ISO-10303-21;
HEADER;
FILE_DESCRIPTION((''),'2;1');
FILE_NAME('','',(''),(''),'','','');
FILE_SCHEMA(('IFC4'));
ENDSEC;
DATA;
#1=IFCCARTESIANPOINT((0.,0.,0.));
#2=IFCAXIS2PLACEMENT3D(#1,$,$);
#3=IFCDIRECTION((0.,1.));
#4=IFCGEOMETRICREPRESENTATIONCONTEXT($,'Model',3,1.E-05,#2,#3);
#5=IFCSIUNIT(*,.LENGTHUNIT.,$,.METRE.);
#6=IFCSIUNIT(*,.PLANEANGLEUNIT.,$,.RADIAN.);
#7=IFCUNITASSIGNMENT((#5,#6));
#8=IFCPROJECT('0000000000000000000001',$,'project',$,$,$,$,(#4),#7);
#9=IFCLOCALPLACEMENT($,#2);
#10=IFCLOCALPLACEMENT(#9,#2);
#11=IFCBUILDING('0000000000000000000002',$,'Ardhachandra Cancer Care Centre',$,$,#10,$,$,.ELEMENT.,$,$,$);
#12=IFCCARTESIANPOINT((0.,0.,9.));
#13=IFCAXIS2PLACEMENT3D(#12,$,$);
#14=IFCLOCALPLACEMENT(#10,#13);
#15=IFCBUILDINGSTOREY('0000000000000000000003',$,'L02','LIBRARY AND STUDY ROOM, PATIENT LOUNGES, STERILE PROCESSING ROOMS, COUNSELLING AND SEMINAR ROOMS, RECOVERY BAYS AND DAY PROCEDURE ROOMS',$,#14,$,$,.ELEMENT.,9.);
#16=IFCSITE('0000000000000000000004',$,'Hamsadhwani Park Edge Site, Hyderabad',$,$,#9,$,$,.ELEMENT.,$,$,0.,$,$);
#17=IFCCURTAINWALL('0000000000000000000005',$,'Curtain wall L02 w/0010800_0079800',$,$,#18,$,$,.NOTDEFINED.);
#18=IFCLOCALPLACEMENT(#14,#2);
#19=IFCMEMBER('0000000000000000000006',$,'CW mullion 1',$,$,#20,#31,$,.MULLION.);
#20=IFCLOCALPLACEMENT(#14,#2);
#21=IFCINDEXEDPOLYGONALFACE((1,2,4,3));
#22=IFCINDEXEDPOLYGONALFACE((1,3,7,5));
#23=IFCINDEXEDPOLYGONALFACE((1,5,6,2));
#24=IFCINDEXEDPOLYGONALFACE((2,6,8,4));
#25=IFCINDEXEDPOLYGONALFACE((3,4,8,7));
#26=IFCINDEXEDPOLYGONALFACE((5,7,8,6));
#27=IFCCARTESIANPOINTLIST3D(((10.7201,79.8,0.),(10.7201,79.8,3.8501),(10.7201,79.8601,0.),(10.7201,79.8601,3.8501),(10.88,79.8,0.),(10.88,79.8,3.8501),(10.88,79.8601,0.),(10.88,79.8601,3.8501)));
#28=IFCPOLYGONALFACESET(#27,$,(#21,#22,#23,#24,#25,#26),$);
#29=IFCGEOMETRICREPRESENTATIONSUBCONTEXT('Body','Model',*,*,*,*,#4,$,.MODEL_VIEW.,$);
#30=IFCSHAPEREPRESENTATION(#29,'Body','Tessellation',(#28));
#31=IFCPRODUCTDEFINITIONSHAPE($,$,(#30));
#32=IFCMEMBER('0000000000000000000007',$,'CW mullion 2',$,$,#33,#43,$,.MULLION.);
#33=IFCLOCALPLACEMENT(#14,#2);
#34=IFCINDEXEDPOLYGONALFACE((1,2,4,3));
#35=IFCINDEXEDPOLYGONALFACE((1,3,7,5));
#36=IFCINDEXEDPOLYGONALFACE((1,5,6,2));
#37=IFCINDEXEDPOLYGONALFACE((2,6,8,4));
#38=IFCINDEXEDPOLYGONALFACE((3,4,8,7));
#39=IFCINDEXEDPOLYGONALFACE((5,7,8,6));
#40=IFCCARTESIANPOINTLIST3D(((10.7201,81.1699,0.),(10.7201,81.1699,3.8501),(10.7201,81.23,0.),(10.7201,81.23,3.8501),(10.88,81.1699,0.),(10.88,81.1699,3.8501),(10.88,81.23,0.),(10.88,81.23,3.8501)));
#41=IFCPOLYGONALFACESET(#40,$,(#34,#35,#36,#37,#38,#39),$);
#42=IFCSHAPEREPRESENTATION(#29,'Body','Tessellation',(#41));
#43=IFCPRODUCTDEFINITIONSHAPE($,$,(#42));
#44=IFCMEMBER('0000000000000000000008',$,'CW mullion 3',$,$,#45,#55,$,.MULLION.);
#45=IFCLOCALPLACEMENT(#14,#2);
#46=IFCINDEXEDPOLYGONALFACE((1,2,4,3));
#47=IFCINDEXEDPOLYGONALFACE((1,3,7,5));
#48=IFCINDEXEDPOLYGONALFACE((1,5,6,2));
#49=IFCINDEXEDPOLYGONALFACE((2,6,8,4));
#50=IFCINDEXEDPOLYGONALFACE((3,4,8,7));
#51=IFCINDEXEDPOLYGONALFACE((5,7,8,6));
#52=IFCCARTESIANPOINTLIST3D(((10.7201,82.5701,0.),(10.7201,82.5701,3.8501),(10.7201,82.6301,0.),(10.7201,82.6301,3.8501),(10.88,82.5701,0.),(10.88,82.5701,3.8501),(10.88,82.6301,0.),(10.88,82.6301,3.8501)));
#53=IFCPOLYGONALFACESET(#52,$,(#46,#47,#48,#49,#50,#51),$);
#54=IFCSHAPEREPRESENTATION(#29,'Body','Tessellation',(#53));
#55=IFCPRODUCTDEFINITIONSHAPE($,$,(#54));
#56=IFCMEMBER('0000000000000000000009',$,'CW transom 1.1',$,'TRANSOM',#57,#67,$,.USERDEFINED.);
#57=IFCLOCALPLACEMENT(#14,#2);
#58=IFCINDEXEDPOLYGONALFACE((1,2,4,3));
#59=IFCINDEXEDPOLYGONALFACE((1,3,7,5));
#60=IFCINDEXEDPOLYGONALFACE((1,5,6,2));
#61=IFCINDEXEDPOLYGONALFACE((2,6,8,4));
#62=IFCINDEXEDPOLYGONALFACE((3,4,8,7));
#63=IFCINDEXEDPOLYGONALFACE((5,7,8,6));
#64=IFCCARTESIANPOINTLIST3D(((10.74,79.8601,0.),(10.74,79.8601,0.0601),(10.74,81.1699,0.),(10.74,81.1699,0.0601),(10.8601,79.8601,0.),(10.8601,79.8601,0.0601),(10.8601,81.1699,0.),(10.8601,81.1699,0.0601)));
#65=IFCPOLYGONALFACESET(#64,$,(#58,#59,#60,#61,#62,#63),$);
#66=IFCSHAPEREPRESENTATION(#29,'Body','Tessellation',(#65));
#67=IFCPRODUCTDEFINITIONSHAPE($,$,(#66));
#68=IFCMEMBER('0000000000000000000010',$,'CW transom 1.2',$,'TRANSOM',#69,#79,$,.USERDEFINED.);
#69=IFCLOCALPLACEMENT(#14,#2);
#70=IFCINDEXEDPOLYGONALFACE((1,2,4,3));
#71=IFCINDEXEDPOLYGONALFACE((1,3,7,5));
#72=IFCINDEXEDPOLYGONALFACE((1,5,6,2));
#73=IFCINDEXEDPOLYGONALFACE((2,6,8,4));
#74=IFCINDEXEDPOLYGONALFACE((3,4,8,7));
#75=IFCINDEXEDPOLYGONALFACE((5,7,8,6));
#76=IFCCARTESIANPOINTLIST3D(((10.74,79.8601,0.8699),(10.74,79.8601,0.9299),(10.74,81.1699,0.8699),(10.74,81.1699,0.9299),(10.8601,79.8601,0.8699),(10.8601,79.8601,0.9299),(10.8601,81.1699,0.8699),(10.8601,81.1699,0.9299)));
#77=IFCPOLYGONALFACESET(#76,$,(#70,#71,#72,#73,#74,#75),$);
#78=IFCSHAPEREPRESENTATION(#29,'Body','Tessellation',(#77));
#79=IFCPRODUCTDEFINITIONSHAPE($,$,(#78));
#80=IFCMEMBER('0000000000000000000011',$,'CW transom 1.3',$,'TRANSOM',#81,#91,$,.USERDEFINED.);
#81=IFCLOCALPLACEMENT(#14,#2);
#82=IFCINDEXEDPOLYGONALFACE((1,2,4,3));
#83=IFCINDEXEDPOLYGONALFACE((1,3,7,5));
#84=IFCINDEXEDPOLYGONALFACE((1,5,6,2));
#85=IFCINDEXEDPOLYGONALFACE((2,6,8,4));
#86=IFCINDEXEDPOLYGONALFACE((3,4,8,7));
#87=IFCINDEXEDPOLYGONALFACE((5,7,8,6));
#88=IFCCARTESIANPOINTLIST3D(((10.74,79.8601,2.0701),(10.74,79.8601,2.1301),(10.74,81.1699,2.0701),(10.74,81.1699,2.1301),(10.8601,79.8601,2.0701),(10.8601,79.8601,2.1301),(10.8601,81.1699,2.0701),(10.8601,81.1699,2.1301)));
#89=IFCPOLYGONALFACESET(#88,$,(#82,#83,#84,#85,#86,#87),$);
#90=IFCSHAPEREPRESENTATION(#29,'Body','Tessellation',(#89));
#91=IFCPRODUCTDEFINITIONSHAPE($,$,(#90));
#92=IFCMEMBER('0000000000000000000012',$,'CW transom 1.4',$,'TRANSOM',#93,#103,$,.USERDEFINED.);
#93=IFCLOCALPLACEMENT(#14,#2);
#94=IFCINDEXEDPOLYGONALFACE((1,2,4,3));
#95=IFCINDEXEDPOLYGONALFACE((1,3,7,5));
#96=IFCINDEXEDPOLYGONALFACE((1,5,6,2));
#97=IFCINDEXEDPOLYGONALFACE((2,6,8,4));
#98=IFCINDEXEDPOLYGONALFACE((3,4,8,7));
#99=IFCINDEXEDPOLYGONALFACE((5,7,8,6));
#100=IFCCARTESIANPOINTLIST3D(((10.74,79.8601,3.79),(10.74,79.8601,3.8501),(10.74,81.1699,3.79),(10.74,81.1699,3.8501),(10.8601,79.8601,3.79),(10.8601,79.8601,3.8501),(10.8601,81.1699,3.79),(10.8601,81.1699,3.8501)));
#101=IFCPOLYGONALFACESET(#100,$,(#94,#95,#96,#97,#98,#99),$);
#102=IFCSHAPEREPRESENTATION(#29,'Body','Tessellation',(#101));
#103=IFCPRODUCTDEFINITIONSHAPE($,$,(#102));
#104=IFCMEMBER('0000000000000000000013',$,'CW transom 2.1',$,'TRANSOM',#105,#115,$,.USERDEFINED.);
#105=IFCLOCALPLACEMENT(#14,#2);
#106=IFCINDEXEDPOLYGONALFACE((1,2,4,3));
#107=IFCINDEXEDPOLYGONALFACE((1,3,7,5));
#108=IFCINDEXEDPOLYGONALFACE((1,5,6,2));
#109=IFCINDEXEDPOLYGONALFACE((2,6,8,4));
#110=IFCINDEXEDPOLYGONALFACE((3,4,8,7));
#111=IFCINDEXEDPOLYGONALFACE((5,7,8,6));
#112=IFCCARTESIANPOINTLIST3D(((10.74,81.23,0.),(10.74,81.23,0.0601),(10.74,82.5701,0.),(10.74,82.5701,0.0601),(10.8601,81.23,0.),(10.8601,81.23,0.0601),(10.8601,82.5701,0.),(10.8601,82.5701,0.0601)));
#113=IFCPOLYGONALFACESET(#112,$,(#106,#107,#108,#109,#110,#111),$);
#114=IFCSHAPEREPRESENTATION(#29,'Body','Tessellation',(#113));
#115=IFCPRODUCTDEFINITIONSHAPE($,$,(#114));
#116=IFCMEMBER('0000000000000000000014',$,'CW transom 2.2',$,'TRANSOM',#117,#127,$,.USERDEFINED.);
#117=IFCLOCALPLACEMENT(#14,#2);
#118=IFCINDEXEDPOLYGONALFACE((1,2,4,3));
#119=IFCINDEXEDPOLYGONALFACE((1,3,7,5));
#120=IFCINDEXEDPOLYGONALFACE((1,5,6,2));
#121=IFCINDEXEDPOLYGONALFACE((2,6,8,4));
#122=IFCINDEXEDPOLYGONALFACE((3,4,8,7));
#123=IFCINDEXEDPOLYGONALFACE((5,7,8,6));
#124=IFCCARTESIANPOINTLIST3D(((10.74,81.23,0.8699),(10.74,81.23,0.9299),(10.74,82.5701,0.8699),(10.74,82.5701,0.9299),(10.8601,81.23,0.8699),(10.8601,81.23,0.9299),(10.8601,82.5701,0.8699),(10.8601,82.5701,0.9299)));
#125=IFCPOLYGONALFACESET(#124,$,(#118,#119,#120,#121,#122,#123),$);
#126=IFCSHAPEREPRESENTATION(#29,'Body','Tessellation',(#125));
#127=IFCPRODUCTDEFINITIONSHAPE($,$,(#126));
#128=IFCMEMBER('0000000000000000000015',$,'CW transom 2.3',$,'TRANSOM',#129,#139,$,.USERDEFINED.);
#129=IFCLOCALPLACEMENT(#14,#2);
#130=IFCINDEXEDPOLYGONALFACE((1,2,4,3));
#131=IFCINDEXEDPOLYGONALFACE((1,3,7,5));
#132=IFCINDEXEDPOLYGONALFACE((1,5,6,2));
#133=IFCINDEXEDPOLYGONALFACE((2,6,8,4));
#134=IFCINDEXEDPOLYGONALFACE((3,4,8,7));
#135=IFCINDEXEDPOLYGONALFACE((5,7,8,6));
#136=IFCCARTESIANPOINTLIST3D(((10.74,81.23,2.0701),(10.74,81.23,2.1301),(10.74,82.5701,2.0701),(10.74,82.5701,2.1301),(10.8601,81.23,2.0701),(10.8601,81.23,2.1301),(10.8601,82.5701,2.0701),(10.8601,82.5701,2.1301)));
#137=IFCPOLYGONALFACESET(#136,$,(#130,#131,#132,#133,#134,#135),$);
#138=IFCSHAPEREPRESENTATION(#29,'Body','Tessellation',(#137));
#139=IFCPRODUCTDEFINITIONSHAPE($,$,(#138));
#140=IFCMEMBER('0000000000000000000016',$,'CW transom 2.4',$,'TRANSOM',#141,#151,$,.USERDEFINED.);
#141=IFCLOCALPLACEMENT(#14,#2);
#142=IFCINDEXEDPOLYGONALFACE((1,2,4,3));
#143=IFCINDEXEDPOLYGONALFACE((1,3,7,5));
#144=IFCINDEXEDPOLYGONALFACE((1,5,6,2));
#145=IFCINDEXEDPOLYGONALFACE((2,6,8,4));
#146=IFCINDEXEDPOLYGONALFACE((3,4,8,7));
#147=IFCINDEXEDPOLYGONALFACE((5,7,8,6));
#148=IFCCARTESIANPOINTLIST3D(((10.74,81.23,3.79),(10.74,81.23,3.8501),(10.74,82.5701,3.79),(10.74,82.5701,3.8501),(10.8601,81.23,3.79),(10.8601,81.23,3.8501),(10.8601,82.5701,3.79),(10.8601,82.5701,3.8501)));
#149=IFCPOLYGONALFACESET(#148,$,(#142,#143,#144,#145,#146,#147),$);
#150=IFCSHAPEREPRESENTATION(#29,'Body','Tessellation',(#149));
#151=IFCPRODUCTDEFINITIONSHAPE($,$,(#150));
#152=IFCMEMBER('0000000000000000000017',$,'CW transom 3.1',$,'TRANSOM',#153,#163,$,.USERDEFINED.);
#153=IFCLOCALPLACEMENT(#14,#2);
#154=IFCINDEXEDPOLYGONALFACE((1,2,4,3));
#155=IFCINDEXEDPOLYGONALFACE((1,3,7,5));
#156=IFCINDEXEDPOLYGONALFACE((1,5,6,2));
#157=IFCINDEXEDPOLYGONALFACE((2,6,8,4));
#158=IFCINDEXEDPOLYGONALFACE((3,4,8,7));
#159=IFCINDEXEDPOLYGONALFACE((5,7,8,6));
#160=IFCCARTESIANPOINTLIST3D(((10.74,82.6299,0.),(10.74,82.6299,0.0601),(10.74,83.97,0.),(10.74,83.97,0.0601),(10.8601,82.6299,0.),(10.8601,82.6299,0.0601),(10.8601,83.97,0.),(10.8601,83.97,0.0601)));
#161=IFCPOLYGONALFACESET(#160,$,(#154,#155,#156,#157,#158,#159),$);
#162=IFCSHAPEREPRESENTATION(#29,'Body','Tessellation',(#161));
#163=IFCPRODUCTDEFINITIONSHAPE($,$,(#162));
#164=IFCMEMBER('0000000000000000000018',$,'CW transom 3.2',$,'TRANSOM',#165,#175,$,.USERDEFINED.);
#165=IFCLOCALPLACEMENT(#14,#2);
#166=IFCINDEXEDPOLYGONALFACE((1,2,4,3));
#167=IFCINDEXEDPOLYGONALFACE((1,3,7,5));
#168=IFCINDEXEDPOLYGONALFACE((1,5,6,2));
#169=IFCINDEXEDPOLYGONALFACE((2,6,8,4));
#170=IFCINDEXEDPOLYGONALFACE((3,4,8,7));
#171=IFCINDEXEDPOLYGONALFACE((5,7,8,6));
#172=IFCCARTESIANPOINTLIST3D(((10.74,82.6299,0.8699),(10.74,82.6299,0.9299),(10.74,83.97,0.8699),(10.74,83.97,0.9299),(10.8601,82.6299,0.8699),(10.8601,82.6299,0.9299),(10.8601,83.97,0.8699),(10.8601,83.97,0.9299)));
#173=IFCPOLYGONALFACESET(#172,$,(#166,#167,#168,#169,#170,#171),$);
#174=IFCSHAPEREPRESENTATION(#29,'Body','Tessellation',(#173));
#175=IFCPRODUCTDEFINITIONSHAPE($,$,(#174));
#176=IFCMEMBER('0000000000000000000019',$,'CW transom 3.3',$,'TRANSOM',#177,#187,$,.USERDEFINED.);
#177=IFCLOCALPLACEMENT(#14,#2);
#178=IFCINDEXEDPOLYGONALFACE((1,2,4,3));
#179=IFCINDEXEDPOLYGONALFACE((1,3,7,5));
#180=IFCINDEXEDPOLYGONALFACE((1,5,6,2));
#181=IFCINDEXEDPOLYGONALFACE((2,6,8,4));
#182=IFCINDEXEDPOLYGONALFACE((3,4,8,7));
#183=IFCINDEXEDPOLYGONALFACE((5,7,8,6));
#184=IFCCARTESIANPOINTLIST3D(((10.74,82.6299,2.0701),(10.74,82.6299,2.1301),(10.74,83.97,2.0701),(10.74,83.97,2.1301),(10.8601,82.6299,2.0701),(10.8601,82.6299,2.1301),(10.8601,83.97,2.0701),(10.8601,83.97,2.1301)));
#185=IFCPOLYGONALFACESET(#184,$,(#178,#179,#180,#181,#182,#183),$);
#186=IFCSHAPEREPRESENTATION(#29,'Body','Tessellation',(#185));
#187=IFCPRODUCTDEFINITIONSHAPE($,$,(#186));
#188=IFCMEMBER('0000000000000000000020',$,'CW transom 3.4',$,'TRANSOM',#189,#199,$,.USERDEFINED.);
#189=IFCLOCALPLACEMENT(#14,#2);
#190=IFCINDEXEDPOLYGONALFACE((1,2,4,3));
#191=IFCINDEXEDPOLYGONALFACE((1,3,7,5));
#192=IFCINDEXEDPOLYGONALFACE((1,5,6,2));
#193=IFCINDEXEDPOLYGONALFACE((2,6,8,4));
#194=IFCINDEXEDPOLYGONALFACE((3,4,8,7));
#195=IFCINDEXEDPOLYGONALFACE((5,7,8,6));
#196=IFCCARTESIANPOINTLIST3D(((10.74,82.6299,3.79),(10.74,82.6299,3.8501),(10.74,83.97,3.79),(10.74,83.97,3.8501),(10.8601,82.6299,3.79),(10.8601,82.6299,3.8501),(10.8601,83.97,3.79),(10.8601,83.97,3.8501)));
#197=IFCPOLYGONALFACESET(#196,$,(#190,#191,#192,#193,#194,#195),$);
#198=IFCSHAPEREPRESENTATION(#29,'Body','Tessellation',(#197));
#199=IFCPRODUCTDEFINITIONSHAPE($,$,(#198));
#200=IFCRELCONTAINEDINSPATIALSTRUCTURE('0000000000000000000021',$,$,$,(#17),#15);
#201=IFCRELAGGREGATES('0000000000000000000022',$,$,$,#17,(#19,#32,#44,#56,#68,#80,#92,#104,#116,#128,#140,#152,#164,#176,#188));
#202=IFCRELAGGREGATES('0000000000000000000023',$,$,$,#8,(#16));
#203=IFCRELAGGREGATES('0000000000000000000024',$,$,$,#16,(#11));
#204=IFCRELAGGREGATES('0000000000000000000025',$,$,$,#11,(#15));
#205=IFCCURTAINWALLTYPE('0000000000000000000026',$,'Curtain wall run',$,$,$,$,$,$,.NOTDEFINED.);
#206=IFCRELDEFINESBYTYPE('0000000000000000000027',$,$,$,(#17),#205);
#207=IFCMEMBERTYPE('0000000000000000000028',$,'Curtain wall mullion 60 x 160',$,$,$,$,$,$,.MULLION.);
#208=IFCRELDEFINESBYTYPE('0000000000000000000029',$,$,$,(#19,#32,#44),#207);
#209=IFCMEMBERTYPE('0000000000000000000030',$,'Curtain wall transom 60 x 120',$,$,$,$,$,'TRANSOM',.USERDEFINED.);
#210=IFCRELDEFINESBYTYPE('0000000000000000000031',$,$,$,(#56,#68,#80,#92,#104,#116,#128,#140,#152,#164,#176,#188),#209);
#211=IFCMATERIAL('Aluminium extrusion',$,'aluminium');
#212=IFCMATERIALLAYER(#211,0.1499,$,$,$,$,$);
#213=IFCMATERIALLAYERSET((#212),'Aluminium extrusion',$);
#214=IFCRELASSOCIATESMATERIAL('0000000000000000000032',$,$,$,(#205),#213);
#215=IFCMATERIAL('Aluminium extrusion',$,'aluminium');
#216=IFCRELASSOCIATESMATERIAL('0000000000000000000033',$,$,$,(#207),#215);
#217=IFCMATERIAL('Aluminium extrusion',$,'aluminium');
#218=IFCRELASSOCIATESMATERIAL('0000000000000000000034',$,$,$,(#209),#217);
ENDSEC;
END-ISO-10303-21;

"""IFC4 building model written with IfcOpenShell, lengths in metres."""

from ifc_helpers import new_model, si_unit, direction, frame, origin, origin_2d, place, context, subcontext, project, spatial, rectangle, extrude, material, layer, layer_set, material_profile, profile_set, type_object, element, aggregate, save


model = new_model("IFC4")

# Units and contexts
model_context = context("Model", 3, precision=1e-05, world=origin(), true_north=direction((0.0, 1.0)))
body_context = subcontext(model_context, "Body", "Model", "MODEL_VIEW")
ifc_project = project(units=[si_unit("LENGTHUNIT", "METRE"), si_unit("PLANEANGLEUNIT", "RADIAN")], contexts=[model_context])

# Site, building, storey
site_placement = place(None, origin())
site = spatial("IfcSite", under=ifc_project, at=site_placement, Name="Hamsadhwani Park Edge Site, Hyderabad", CompositionType="ELEMENT", RefElevation=0.0)
building_placement = place(site_placement, origin())
building = spatial("IfcBuilding", under=site, at=building_placement, Name="Ardhachandra Cancer Care Centre", CompositionType="ELEMENT")
storey_placement = place(building_placement, frame((0.0, 0.0, 9.0)))
storey = spatial("IfcBuildingStorey", under=building, at=storey_placement, Name="L02", Description="LIBRARY AND STUDY ROOM, PATIENT LOUNGES, STERILE PROCESSING ROOMS, COUNSELLING AND SEMINAR ROOMS, RECOVERY BAYS AND DAY PROCEDURE ROOMS", CompositionType="ELEMENT", Elevation=9.0)

# Curtain wall, members
ifc_material_1 = material(Name="Aluminium extrusion", Category="aluminium")
ifc_layer_1 = layer(ifc_material_1, 0.1499)
ifc_layer_set_1 = layer_set([ifc_layer_1], Name="Aluminium extrusion")
curtain_wall_type = type_object("IfcCurtainWallType", Name="Curtain wall run", PredefinedType="NOTDEFINED", material=ifc_layer_set_1)
curtain_wall_placement = place(storey_placement, origin())
curtain_wall = element("IfcCurtainWall", 1, at=curtain_wall_placement, inside=storey, type_object=curtain_wall_type, Name="Curtain wall L02 w/0010800_0079800", PredefinedType="NOTDEFINED")
ifc_material_2 = material(Name="Aluminium extrusion", Category="aluminium")
ifc_material_profile_1 = material_profile(ifc_material_2, rectangle(XDim=0.1599, YDim=0.0601, at=origin_2d()), Name="Curtain wall mullion 60 x 160")
ifc_profile_set_1 = profile_set([ifc_material_profile_1], Name="Aluminium extrusion")
member_type_1 = type_object("IfcMemberType", Name="Curtain wall mullion 60 x 160", PredefinedType="MULLION", material=ifc_profile_set_1)
member_1_placement = place(storey_placement, frame((10.8, 79.8301, 0.0), z_axis=(0.0, 0.0, 1.0), x_axis=(-1.0, 0.0, 0.0)))
member_1 = element("IfcMember", 2, at=member_1_placement, type_object=member_type_1, Name="CW mullion 1", PredefinedType="MULLION", context=body_context, shape_type="SweptSolid", body=[
    extrude(rectangle(XDim=0.1599, YDim=0.0601, at=origin_2d()), origin(), (0.0, 0.0, 1.0), 3.8501),
])
member_2_placement = place(storey_placement, frame((10.8, 81.2, 0.0), z_axis=(0.0, 0.0, 1.0), x_axis=(-1.0, 0.0, 0.0)))
member_2 = element("IfcMember", 3, at=member_2_placement, type_object=member_type_1, Name="CW mullion 2", PredefinedType="MULLION", context=body_context, shape_type="SweptSolid", body=[
    extrude(rectangle(XDim=0.1599, YDim=0.0601, at=origin_2d()), origin(), (0.0, 0.0, 1.0), 3.8501),
])
member_3_placement = place(storey_placement, frame((10.8, 82.6001, 0.0), z_axis=(0.0, 0.0, 1.0), x_axis=(-1.0, 0.0, 0.0)))
member_3 = element("IfcMember", 4, at=member_3_placement, type_object=member_type_1, Name="CW mullion 3", PredefinedType="MULLION", context=body_context, shape_type="SweptSolid", body=[
    extrude(rectangle(XDim=0.1599, YDim=0.0601, at=origin_2d()), origin(), (0.0, 0.0, 1.0), 3.8501),
])
ifc_material_3 = material(Name="Aluminium extrusion", Category="aluminium")
ifc_material_profile_2 = material_profile(ifc_material_3, rectangle(XDim=0.1201, YDim=0.0601, at=origin_2d()), Name="Curtain wall transom 60 x 120")
ifc_profile_set_2 = profile_set([ifc_material_profile_2], Name="Aluminium extrusion")
member_type_2 = type_object("IfcMemberType", Name="Curtain wall transom 60 x 120", ElementType="TRANSOM", PredefinedType="USERDEFINED", material=ifc_profile_set_2)
member_4_placement = place(storey_placement, frame((10.8, 79.8601, 0.03), z_axis=(0.0, 1.0, 0.0), x_axis=(-1.0, 0.0, 0.0)))
member_4 = element("IfcMember", 5, at=member_4_placement, type_object=member_type_2, Name="CW transom 1.1", ObjectType="TRANSOM", PredefinedType="USERDEFINED", context=body_context, shape_type="SweptSolid", body=[
    extrude(rectangle(XDim=0.1201, YDim=0.0601, at=origin_2d()), origin(), (0.0, 0.0, 1.0), 1.3098),
])
member_5_placement = place(storey_placement, frame((10.8, 79.8601, 0.8999), z_axis=(0.0, 1.0, 0.0), x_axis=(-1.0, 0.0, 0.0)))
member_5 = element("IfcMember", 6, at=member_5_placement, type_object=member_type_2, Name="CW transom 1.2", ObjectType="TRANSOM", PredefinedType="USERDEFINED", context=body_context, shape_type="SweptSolid", body=[
    extrude(rectangle(XDim=0.1201, YDim=0.0601, at=origin_2d()), origin(), (0.0, 0.0, 1.0), 1.3098),
])
member_6_placement = place(storey_placement, frame((10.8, 79.8601, 2.1001), z_axis=(0.0, 1.0, 0.0), x_axis=(-1.0, 0.0, 0.0)))
member_6 = element("IfcMember", 7, at=member_6_placement, type_object=member_type_2, Name="CW transom 1.3", ObjectType="TRANSOM", PredefinedType="USERDEFINED", context=body_context, shape_type="SweptSolid", body=[
    extrude(rectangle(XDim=0.1201, YDim=0.0601, at=origin_2d()), origin(), (0.0, 0.0, 1.0), 1.3098),
])
member_7_placement = place(storey_placement, frame((10.8, 79.8601, 3.8201), z_axis=(0.0, 1.0, 0.0), x_axis=(-1.0, 0.0, 0.0)))
member_7 = element("IfcMember", 8, at=member_7_placement, type_object=member_type_2, Name="CW transom 1.4", ObjectType="TRANSOM", PredefinedType="USERDEFINED", context=body_context, shape_type="SweptSolid", body=[
    extrude(rectangle(XDim=0.1201, YDim=0.0601, at=origin_2d()), origin(), (0.0, 0.0, 1.0), 1.3098),
])
member_8_placement = place(storey_placement, frame((10.8, 81.23, 0.03), z_axis=(0.0, 1.0, 0.0), x_axis=(-1.0, 0.0, 0.0)))
member_8 = element("IfcMember", 9, at=member_8_placement, type_object=member_type_2, Name="CW transom 2.1", ObjectType="TRANSOM", PredefinedType="USERDEFINED", context=body_context, shape_type="SweptSolid", body=[
    extrude(rectangle(XDim=0.1201, YDim=0.0601, at=origin_2d()), origin(), (0.0, 0.0, 1.0), 1.3401),
])
member_9_placement = place(storey_placement, frame((10.8, 81.23, 0.8999), z_axis=(0.0, 1.0, 0.0), x_axis=(-1.0, 0.0, 0.0)))
member_9 = element("IfcMember", 10, at=member_9_placement, type_object=member_type_2, Name="CW transom 2.2", ObjectType="TRANSOM", PredefinedType="USERDEFINED", context=body_context, shape_type="SweptSolid", body=[
    extrude(rectangle(XDim=0.1201, YDim=0.0601, at=origin_2d()), origin(), (0.0, 0.0, 1.0), 1.3401),
])
member_10_placement = place(storey_placement, frame((10.8, 81.23, 2.1001), z_axis=(0.0, 1.0, 0.0), x_axis=(-1.0, 0.0, 0.0)))
member_10 = element("IfcMember", 11, at=member_10_placement, type_object=member_type_2, Name="CW transom 2.3", ObjectType="TRANSOM", PredefinedType="USERDEFINED", context=body_context, shape_type="SweptSolid", body=[
    extrude(rectangle(XDim=0.1201, YDim=0.0601, at=origin_2d()), origin(), (0.0, 0.0, 1.0), 1.3401),
])
member_11_placement = place(storey_placement, frame((10.8, 81.23, 3.8201), z_axis=(0.0, 1.0, 0.0), x_axis=(-1.0, 0.0, 0.0)))
member_11 = element("IfcMember", 12, at=member_11_placement, type_object=member_type_2, Name="CW transom 2.4", ObjectType="TRANSOM", PredefinedType="USERDEFINED", context=body_context, shape_type="SweptSolid", body=[
    extrude(rectangle(XDim=0.1201, YDim=0.0601, at=origin_2d()), origin(), (0.0, 0.0, 1.0), 1.3401),
])
member_12_placement = place(storey_placement, frame((10.8, 82.6299, 0.03), z_axis=(0.0, 1.0, 0.0), x_axis=(-1.0, 0.0, 0.0)))
member_12 = element("IfcMember", 13, at=member_12_placement, type_object=member_type_2, Name="CW transom 3.1", ObjectType="TRANSOM", PredefinedType="USERDEFINED", context=body_context, shape_type="SweptSolid", body=[
    extrude(rectangle(XDim=0.1201, YDim=0.0601, at=origin_2d()), origin(), (0.0, 0.0, 1.0), 1.3401),
])
member_13_placement = place(storey_placement, frame((10.8, 82.6299, 0.8999), z_axis=(0.0, 1.0, 0.0), x_axis=(-1.0, 0.0, 0.0)))
member_13 = element("IfcMember", 14, at=member_13_placement, type_object=member_type_2, Name="CW transom 3.2", ObjectType="TRANSOM", PredefinedType="USERDEFINED", context=body_context, shape_type="SweptSolid", body=[
    extrude(rectangle(XDim=0.1201, YDim=0.0601, at=origin_2d()), origin(), (0.0, 0.0, 1.0), 1.3401),
])
member_14_placement = place(storey_placement, frame((10.8, 82.6299, 2.1001), z_axis=(0.0, 1.0, 0.0), x_axis=(-1.0, 0.0, 0.0)))
member_14 = element("IfcMember", 15, at=member_14_placement, type_object=member_type_2, Name="CW transom 3.3", ObjectType="TRANSOM", PredefinedType="USERDEFINED", context=body_context, shape_type="SweptSolid", body=[
    extrude(rectangle(XDim=0.1201, YDim=0.0601, at=origin_2d()), origin(), (0.0, 0.0, 1.0), 1.3401),
])
member_15_placement = place(storey_placement, frame((10.8, 82.6299, 3.8201), z_axis=(0.0, 1.0, 0.0), x_axis=(-1.0, 0.0, 0.0)))
member_15 = element("IfcMember", 16, at=member_15_placement, type_object=member_type_2, Name="CW transom 3.4", ObjectType="TRANSOM", PredefinedType="USERDEFINED", context=body_context, shape_type="SweptSolid", body=[
    extrude(rectangle(XDim=0.1201, YDim=0.0601, at=origin_2d()), origin(), (0.0, 0.0, 1.0), 1.3401),
])
aggregate(curtain_wall, [member_1, member_2, member_3, member_4, member_5, member_6, member_7, member_8, member_9, member_10, member_11, member_12, member_13, member_14, member_15])

save(model, "model.ifc")
